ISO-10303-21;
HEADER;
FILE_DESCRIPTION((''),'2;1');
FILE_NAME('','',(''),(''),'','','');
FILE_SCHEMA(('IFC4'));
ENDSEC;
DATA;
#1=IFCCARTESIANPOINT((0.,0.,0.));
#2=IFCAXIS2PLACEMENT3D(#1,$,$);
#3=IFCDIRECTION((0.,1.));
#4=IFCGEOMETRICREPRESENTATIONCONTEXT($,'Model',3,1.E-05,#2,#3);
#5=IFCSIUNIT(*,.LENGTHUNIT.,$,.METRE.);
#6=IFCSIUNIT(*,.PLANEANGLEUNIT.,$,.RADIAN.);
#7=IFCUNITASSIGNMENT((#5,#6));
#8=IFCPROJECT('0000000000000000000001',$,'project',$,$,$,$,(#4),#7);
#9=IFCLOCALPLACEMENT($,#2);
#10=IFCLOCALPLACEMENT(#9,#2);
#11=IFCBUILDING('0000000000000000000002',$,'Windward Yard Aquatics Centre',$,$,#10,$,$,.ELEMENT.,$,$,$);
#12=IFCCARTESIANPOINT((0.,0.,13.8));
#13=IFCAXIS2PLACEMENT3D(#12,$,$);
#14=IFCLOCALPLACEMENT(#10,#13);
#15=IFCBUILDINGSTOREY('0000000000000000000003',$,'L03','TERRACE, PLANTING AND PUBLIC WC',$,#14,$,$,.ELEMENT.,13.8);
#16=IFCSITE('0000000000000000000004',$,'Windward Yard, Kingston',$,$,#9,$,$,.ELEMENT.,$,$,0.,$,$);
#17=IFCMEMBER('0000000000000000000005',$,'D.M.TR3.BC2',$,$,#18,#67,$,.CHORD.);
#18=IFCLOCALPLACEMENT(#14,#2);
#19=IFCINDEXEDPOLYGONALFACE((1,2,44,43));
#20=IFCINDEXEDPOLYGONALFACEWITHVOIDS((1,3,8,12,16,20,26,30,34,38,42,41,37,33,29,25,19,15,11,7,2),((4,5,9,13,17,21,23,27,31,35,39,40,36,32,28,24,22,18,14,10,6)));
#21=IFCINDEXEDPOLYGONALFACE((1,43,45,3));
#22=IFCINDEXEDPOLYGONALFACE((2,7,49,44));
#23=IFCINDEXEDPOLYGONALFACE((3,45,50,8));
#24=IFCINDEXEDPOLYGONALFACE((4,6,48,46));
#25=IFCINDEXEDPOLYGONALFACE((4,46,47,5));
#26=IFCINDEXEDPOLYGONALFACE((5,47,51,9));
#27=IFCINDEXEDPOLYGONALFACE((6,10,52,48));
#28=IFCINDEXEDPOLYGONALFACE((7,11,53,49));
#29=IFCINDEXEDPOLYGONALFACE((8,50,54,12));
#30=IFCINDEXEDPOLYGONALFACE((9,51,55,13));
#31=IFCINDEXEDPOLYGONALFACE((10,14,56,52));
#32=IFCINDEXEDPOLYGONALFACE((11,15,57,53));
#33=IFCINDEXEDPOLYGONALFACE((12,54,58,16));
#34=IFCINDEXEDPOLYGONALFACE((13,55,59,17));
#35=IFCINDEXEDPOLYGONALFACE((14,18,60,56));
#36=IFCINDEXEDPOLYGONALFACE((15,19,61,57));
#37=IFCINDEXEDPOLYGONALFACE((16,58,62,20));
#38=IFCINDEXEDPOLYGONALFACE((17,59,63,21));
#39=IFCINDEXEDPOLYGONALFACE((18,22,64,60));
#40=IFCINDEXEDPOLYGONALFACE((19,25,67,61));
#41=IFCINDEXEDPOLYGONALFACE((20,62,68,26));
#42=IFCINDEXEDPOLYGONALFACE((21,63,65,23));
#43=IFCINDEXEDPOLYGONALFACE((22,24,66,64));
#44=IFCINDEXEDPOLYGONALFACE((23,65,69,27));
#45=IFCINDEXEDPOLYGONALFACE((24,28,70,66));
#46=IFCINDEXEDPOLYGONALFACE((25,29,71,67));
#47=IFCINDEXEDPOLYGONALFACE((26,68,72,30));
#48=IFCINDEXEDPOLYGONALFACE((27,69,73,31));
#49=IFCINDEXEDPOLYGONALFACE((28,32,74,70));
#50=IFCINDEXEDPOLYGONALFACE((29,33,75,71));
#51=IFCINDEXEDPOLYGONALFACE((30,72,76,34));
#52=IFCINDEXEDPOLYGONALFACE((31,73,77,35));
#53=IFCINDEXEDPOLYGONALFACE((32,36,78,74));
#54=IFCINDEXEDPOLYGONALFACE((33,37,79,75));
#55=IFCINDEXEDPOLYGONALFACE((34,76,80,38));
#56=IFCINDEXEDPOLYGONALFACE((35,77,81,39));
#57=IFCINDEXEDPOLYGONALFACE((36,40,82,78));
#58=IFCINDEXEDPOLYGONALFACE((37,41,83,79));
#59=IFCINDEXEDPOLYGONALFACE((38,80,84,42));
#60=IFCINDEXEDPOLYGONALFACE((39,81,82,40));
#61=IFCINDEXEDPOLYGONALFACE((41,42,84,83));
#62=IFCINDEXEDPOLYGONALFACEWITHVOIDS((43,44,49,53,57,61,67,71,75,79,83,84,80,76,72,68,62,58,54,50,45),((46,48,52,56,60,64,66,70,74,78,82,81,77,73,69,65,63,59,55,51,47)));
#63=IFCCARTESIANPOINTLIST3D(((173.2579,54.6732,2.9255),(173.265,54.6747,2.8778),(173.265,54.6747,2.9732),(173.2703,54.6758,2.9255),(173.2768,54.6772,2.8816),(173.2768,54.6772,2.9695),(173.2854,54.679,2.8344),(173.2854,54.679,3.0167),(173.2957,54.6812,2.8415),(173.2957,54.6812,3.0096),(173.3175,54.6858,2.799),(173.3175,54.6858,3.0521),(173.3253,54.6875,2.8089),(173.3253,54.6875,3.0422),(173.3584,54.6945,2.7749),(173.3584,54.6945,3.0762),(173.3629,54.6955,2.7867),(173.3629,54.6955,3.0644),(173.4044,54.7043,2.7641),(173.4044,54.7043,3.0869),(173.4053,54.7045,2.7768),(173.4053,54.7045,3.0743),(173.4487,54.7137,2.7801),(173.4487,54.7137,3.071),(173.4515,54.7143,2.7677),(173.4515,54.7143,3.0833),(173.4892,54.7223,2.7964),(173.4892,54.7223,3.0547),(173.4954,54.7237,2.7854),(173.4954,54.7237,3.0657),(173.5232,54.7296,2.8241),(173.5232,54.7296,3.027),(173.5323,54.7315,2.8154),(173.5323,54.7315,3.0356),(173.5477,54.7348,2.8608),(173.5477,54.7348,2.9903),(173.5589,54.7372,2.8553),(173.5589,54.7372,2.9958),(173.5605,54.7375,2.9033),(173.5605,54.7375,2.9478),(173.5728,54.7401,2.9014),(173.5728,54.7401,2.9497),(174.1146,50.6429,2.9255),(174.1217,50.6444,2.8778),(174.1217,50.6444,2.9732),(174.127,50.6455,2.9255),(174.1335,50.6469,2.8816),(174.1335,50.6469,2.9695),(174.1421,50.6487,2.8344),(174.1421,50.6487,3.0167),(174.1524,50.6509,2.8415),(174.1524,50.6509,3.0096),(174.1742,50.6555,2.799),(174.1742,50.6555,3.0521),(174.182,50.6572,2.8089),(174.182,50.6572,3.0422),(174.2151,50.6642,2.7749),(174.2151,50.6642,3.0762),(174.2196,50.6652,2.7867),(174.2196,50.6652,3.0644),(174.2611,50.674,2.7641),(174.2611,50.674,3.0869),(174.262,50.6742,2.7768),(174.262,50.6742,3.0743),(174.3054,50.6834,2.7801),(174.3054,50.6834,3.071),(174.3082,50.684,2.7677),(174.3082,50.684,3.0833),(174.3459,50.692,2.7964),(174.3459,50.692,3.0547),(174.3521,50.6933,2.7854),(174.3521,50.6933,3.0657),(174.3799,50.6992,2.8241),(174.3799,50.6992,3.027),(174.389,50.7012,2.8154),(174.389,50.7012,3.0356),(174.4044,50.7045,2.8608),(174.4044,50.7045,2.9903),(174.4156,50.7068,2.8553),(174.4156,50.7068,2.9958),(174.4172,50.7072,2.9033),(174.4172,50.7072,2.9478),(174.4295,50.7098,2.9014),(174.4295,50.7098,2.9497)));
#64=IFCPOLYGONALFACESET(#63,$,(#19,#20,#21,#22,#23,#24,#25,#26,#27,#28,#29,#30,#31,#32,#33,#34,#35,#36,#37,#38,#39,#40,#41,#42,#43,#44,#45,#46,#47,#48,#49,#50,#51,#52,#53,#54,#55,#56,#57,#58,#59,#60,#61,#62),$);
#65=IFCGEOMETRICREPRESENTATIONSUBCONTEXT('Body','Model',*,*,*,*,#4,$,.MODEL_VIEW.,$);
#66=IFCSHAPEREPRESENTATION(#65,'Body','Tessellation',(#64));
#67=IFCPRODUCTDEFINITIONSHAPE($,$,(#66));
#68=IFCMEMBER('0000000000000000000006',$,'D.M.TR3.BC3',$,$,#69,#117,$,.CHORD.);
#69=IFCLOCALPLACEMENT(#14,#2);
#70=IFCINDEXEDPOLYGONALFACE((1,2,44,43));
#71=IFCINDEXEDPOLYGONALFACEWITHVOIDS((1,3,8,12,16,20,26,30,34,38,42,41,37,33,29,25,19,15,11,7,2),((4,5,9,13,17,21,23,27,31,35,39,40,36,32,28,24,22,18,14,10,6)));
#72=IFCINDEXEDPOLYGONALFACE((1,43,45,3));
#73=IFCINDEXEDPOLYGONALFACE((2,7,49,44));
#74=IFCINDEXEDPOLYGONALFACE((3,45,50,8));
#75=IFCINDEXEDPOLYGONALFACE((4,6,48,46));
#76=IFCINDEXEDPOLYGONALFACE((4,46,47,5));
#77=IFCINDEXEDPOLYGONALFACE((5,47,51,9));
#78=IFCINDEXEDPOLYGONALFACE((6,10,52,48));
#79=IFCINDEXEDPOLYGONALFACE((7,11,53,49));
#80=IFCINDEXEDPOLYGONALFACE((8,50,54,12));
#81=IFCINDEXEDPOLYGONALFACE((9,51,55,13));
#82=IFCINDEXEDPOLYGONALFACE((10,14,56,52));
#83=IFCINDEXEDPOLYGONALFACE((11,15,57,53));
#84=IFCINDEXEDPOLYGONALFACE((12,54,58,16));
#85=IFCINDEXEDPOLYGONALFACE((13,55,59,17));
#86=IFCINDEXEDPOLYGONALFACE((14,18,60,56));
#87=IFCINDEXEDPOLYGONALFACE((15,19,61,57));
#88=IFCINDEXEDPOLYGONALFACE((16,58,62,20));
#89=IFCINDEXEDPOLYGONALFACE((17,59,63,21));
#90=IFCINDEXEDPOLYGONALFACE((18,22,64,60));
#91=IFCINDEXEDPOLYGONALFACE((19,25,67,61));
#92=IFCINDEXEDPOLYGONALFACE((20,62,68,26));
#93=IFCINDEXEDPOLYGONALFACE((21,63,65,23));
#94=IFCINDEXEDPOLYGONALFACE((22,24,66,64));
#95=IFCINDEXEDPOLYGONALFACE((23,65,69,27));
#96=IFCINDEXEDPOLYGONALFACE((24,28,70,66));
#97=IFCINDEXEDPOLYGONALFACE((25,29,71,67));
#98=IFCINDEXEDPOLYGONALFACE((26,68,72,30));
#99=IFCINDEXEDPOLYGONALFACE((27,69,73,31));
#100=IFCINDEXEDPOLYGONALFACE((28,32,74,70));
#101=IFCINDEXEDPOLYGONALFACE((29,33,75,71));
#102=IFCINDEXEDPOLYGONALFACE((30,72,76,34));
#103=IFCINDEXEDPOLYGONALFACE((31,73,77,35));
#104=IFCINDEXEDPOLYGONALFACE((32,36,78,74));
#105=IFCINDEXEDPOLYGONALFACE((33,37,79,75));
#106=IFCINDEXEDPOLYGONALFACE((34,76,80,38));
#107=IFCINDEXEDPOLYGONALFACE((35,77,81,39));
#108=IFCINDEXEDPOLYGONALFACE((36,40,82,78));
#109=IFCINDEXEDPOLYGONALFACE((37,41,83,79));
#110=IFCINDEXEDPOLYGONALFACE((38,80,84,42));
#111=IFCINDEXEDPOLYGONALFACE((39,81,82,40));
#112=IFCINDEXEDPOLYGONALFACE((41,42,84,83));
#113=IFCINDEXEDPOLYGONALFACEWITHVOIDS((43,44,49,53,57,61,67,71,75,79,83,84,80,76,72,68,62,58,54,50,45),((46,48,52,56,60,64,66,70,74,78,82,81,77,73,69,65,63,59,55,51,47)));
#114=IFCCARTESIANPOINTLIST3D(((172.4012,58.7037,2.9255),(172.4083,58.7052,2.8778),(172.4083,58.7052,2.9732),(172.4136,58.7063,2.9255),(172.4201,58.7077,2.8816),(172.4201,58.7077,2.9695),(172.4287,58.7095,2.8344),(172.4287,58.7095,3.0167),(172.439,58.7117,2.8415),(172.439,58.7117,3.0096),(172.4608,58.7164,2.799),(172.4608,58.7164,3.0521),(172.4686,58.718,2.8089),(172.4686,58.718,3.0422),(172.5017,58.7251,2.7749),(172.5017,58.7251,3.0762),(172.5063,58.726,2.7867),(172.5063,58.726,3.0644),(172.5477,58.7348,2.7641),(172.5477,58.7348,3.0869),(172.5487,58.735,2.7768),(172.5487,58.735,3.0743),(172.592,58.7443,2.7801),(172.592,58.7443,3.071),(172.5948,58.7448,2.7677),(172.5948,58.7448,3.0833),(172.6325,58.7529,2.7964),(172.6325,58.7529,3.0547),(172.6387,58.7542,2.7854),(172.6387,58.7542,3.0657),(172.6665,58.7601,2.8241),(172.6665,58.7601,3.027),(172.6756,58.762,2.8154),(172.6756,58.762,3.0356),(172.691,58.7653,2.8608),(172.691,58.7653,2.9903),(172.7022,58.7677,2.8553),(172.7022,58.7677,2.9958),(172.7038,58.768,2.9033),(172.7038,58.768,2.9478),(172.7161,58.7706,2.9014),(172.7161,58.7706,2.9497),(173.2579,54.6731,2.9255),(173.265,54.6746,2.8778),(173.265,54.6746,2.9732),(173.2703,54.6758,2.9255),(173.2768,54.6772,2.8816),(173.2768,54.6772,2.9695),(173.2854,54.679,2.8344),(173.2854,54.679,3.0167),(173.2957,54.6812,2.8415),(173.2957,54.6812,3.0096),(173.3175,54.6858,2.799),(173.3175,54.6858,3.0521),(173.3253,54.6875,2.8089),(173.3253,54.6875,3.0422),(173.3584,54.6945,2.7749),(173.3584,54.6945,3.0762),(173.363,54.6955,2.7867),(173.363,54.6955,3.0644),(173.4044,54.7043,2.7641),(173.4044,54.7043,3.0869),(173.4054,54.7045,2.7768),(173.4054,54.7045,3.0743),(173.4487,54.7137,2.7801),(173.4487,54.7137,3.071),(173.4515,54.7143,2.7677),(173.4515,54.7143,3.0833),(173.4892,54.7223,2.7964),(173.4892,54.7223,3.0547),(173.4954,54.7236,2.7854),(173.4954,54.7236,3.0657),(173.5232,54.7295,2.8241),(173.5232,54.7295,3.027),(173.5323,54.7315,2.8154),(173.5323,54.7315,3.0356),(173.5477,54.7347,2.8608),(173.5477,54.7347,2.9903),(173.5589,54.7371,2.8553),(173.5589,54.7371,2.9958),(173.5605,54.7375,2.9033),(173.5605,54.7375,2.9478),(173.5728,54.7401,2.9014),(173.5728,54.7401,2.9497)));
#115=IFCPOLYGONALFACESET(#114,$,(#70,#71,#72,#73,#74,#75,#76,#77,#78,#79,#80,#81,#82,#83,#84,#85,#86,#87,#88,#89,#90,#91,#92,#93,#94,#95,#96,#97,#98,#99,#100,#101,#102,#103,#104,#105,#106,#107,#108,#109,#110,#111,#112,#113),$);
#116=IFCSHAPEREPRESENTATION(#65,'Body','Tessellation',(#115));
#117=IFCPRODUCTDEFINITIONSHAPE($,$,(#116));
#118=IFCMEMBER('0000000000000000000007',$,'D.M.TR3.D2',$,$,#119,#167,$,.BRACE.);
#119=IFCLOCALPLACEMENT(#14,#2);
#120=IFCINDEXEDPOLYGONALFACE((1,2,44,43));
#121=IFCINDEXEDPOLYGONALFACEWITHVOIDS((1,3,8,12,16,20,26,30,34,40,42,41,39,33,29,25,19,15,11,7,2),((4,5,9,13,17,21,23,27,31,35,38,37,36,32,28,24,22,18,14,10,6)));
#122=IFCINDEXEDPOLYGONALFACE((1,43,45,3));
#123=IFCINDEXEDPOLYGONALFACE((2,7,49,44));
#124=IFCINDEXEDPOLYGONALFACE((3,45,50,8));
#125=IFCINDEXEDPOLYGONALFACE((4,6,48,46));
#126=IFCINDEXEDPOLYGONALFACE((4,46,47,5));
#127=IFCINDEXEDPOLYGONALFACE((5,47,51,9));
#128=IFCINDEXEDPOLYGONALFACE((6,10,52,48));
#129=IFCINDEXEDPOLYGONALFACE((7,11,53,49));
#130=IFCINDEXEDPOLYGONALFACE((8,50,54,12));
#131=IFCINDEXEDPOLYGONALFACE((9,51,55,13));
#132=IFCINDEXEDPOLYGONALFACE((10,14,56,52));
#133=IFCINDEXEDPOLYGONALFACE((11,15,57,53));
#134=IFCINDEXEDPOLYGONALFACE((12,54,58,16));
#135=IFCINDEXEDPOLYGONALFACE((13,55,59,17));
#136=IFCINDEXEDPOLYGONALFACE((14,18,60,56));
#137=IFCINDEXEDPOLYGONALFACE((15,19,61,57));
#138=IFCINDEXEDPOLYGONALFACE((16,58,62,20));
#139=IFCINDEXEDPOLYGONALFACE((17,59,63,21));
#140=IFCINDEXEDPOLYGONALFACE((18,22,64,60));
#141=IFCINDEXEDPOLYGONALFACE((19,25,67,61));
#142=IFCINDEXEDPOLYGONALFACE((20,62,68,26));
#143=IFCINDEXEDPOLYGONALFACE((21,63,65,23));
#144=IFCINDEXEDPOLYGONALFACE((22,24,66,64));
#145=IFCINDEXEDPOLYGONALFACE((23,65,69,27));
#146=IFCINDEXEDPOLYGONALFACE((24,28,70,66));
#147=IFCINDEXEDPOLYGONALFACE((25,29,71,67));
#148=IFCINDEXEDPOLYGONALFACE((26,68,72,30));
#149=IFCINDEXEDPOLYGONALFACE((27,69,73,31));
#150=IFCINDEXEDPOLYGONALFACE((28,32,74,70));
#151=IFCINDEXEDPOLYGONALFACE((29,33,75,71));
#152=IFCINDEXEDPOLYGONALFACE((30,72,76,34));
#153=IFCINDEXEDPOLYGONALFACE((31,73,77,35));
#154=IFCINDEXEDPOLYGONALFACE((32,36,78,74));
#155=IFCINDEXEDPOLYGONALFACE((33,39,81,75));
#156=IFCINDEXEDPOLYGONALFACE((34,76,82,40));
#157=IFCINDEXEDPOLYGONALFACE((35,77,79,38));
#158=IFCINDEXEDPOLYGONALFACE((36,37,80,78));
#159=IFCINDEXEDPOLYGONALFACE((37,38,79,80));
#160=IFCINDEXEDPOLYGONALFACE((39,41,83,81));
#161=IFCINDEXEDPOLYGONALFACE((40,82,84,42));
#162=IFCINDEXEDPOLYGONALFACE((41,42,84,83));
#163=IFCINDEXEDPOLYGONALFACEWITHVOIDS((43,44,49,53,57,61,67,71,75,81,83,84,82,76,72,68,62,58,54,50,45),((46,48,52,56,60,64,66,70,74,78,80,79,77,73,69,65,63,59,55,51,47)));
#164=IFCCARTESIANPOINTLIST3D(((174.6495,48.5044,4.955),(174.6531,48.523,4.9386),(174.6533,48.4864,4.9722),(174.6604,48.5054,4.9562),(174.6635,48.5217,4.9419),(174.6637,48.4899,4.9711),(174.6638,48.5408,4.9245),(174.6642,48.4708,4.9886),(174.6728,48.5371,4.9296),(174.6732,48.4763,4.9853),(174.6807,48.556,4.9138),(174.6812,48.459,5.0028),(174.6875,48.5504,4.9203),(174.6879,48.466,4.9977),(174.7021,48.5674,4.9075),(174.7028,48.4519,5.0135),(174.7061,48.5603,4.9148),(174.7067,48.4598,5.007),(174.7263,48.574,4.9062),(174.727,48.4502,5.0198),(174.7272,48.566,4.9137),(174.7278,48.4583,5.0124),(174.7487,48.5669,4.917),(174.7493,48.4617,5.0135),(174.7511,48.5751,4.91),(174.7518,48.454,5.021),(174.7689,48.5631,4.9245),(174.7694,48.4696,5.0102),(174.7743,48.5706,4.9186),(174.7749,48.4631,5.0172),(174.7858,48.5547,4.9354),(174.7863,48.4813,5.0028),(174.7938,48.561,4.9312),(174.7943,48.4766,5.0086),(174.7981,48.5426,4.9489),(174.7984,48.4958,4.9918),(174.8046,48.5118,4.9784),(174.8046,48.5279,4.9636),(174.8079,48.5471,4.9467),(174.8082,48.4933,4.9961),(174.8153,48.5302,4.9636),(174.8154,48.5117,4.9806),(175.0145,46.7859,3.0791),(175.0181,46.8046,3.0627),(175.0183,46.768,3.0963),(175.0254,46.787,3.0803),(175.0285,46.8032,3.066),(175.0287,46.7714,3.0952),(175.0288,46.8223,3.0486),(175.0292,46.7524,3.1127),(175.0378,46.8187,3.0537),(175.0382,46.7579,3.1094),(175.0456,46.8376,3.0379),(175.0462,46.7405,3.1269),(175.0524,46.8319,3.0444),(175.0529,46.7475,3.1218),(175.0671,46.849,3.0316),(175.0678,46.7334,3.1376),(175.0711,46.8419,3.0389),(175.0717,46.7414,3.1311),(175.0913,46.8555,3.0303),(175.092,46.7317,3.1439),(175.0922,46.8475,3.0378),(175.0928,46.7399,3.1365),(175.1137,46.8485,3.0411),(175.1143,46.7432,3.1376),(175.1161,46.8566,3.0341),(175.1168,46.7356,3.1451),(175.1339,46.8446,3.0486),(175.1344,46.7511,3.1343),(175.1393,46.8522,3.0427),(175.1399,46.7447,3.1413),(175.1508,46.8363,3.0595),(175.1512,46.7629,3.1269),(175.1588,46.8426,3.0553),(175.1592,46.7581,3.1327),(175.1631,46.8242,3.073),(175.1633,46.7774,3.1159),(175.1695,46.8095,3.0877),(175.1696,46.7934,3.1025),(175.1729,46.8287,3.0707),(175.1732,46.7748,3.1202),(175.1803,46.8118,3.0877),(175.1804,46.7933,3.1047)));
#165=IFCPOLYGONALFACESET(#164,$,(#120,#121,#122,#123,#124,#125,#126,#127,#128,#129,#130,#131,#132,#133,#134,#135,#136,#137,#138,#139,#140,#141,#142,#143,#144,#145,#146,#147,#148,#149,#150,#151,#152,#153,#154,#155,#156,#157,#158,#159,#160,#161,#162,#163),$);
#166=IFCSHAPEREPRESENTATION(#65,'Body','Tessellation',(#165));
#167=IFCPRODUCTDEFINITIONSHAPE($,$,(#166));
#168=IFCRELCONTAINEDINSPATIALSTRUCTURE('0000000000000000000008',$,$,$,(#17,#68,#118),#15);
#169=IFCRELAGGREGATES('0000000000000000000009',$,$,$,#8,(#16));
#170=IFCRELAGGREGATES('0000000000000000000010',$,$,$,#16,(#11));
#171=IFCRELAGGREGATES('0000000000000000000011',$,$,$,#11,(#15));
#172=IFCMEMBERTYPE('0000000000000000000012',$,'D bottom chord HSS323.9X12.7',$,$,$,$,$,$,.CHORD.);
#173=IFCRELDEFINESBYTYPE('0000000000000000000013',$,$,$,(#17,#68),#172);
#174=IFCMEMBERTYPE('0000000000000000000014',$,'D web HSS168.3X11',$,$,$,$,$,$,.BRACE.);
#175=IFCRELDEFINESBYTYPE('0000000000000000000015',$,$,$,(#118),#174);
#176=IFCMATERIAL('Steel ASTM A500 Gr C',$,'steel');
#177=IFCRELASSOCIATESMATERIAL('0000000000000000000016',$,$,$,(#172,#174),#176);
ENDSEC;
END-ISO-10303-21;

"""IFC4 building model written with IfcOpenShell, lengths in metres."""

from ifc_helpers import new_model, si_unit, direction, frame, origin, origin_2d, place, context, subcontext, project, spatial, hollow_circle, extrude, material, material_profile, profile_set, type_object, element, save


model = new_model("IFC4")

# Units and contexts
model_context = context("Model", 3, precision=1e-05, world=origin(), true_north=direction((0.0, 1.0)))
body_context = subcontext(model_context, "Body", "Model", "MODEL_VIEW")
ifc_project = project(units=[si_unit("LENGTHUNIT", "METRE"), si_unit("PLANEANGLEUNIT", "RADIAN")], contexts=[model_context])

# Site, building, storey
site_placement = place(None, origin())
site = spatial("IfcSite", under=ifc_project, at=site_placement, Name="Windward Yard, Kingston", CompositionType="ELEMENT", RefElevation=0.0)
building_placement = place(site_placement, origin())
building = spatial("IfcBuilding", under=site, at=building_placement, Name="Windward Yard Aquatics Centre", CompositionType="ELEMENT")
storey_placement = place(building_placement, frame((0.0, 0.0, 13.8)))
storey = spatial("IfcBuildingStorey", under=building, at=storey_placement, Name="L03", Description="TERRACE, PLANTING AND PUBLIC WC", CompositionType="ELEMENT", Elevation=13.8)

# Shared definitions
ifc_material_1 = material(Name="Steel ASTM A500 Gr C", Category="steel")

# Members
ifc_material_profile_1 = material_profile(ifc_material_1, hollow_circle(Radius=0.1619, WallThickness=0.0127, at=origin_2d()), Name="HSS323.9X12.7")
ifc_profile_set_1 = profile_set([ifc_material_profile_1], Name="Steel ASTM A500 Gr C")
member_type_1 = type_object("IfcMemberType", Name="D bottom chord HSS323.9X12.7", PredefinedType="CHORD", material=ifc_profile_set_1)
member_1_placement = place(storey_placement, frame((174.2729, 50.6765, 2.9255), z_axis=(-0.207918, 0.978146, 0.0), x_axis=(-0.978146, -0.207918, 0.0)))
element("IfcMember", 1, at=member_1_placement, inside=storey, type_object=member_type_1, Name="D.M.TR3.BC2", PredefinedType="CHORD", context=body_context, shape_type="SweptSolid", body=[
    extrude(hollow_circle(Radius=0.1619, WallThickness=0.0127, at=origin_2d()), origin(), (0.0, 0.0, 1.0), 4.1204),
])
member_2_placement = place(storey_placement, frame((173.4163, 54.7068, 2.9255), z_axis=(-0.207906, 0.978149, 0.0), x_axis=(-0.978149, -0.207906, 0.0)))
element("IfcMember", 2, at=member_2_placement, inside=storey, type_object=member_type_1, Name="D.M.TR3.BC3", PredefinedType="CHORD", context=body_context, shape_type="SweptSolid", body=[
    extrude(hollow_circle(Radius=0.1619, WallThickness=0.0127, at=origin_2d()), origin(), (0.0, 0.0, 1.0), 4.1206),
])
ifc_material_profile_2 = material_profile(ifc_material_1, hollow_circle(Radius=0.0842, WallThickness=0.011, at=origin_2d()), Name="HSS168.3X11")
ifc_profile_set_2 = profile_set([ifc_material_profile_2], Name="Steel ASTM A500 Gr C")
member_type_2 = type_object("IfcMemberType", Name="D web HSS168.3X11", PredefinedType="BRACE", material=ifc_profile_set_2)
member_3_placement = place(storey_placement, frame((174.7329, 48.5127, 4.9636), z_axis=(0.14201, -0.668635, -0.729904), x_axis=(0.978181, 0.207754, 0.0)))
element("IfcMember", 3, at=member_3_placement, inside=storey, type_object=member_type_2, Name="D.M.TR3.D2", PredefinedType="BRACE", context=body_context, shape_type="SweptSolid", body=[
    extrude(hollow_circle(Radius=0.0842, WallThickness=0.011, at=origin_2d()), origin(), (0.0, 0.0, 1.0), 2.5701),
])

save(model, "model.ifc")
